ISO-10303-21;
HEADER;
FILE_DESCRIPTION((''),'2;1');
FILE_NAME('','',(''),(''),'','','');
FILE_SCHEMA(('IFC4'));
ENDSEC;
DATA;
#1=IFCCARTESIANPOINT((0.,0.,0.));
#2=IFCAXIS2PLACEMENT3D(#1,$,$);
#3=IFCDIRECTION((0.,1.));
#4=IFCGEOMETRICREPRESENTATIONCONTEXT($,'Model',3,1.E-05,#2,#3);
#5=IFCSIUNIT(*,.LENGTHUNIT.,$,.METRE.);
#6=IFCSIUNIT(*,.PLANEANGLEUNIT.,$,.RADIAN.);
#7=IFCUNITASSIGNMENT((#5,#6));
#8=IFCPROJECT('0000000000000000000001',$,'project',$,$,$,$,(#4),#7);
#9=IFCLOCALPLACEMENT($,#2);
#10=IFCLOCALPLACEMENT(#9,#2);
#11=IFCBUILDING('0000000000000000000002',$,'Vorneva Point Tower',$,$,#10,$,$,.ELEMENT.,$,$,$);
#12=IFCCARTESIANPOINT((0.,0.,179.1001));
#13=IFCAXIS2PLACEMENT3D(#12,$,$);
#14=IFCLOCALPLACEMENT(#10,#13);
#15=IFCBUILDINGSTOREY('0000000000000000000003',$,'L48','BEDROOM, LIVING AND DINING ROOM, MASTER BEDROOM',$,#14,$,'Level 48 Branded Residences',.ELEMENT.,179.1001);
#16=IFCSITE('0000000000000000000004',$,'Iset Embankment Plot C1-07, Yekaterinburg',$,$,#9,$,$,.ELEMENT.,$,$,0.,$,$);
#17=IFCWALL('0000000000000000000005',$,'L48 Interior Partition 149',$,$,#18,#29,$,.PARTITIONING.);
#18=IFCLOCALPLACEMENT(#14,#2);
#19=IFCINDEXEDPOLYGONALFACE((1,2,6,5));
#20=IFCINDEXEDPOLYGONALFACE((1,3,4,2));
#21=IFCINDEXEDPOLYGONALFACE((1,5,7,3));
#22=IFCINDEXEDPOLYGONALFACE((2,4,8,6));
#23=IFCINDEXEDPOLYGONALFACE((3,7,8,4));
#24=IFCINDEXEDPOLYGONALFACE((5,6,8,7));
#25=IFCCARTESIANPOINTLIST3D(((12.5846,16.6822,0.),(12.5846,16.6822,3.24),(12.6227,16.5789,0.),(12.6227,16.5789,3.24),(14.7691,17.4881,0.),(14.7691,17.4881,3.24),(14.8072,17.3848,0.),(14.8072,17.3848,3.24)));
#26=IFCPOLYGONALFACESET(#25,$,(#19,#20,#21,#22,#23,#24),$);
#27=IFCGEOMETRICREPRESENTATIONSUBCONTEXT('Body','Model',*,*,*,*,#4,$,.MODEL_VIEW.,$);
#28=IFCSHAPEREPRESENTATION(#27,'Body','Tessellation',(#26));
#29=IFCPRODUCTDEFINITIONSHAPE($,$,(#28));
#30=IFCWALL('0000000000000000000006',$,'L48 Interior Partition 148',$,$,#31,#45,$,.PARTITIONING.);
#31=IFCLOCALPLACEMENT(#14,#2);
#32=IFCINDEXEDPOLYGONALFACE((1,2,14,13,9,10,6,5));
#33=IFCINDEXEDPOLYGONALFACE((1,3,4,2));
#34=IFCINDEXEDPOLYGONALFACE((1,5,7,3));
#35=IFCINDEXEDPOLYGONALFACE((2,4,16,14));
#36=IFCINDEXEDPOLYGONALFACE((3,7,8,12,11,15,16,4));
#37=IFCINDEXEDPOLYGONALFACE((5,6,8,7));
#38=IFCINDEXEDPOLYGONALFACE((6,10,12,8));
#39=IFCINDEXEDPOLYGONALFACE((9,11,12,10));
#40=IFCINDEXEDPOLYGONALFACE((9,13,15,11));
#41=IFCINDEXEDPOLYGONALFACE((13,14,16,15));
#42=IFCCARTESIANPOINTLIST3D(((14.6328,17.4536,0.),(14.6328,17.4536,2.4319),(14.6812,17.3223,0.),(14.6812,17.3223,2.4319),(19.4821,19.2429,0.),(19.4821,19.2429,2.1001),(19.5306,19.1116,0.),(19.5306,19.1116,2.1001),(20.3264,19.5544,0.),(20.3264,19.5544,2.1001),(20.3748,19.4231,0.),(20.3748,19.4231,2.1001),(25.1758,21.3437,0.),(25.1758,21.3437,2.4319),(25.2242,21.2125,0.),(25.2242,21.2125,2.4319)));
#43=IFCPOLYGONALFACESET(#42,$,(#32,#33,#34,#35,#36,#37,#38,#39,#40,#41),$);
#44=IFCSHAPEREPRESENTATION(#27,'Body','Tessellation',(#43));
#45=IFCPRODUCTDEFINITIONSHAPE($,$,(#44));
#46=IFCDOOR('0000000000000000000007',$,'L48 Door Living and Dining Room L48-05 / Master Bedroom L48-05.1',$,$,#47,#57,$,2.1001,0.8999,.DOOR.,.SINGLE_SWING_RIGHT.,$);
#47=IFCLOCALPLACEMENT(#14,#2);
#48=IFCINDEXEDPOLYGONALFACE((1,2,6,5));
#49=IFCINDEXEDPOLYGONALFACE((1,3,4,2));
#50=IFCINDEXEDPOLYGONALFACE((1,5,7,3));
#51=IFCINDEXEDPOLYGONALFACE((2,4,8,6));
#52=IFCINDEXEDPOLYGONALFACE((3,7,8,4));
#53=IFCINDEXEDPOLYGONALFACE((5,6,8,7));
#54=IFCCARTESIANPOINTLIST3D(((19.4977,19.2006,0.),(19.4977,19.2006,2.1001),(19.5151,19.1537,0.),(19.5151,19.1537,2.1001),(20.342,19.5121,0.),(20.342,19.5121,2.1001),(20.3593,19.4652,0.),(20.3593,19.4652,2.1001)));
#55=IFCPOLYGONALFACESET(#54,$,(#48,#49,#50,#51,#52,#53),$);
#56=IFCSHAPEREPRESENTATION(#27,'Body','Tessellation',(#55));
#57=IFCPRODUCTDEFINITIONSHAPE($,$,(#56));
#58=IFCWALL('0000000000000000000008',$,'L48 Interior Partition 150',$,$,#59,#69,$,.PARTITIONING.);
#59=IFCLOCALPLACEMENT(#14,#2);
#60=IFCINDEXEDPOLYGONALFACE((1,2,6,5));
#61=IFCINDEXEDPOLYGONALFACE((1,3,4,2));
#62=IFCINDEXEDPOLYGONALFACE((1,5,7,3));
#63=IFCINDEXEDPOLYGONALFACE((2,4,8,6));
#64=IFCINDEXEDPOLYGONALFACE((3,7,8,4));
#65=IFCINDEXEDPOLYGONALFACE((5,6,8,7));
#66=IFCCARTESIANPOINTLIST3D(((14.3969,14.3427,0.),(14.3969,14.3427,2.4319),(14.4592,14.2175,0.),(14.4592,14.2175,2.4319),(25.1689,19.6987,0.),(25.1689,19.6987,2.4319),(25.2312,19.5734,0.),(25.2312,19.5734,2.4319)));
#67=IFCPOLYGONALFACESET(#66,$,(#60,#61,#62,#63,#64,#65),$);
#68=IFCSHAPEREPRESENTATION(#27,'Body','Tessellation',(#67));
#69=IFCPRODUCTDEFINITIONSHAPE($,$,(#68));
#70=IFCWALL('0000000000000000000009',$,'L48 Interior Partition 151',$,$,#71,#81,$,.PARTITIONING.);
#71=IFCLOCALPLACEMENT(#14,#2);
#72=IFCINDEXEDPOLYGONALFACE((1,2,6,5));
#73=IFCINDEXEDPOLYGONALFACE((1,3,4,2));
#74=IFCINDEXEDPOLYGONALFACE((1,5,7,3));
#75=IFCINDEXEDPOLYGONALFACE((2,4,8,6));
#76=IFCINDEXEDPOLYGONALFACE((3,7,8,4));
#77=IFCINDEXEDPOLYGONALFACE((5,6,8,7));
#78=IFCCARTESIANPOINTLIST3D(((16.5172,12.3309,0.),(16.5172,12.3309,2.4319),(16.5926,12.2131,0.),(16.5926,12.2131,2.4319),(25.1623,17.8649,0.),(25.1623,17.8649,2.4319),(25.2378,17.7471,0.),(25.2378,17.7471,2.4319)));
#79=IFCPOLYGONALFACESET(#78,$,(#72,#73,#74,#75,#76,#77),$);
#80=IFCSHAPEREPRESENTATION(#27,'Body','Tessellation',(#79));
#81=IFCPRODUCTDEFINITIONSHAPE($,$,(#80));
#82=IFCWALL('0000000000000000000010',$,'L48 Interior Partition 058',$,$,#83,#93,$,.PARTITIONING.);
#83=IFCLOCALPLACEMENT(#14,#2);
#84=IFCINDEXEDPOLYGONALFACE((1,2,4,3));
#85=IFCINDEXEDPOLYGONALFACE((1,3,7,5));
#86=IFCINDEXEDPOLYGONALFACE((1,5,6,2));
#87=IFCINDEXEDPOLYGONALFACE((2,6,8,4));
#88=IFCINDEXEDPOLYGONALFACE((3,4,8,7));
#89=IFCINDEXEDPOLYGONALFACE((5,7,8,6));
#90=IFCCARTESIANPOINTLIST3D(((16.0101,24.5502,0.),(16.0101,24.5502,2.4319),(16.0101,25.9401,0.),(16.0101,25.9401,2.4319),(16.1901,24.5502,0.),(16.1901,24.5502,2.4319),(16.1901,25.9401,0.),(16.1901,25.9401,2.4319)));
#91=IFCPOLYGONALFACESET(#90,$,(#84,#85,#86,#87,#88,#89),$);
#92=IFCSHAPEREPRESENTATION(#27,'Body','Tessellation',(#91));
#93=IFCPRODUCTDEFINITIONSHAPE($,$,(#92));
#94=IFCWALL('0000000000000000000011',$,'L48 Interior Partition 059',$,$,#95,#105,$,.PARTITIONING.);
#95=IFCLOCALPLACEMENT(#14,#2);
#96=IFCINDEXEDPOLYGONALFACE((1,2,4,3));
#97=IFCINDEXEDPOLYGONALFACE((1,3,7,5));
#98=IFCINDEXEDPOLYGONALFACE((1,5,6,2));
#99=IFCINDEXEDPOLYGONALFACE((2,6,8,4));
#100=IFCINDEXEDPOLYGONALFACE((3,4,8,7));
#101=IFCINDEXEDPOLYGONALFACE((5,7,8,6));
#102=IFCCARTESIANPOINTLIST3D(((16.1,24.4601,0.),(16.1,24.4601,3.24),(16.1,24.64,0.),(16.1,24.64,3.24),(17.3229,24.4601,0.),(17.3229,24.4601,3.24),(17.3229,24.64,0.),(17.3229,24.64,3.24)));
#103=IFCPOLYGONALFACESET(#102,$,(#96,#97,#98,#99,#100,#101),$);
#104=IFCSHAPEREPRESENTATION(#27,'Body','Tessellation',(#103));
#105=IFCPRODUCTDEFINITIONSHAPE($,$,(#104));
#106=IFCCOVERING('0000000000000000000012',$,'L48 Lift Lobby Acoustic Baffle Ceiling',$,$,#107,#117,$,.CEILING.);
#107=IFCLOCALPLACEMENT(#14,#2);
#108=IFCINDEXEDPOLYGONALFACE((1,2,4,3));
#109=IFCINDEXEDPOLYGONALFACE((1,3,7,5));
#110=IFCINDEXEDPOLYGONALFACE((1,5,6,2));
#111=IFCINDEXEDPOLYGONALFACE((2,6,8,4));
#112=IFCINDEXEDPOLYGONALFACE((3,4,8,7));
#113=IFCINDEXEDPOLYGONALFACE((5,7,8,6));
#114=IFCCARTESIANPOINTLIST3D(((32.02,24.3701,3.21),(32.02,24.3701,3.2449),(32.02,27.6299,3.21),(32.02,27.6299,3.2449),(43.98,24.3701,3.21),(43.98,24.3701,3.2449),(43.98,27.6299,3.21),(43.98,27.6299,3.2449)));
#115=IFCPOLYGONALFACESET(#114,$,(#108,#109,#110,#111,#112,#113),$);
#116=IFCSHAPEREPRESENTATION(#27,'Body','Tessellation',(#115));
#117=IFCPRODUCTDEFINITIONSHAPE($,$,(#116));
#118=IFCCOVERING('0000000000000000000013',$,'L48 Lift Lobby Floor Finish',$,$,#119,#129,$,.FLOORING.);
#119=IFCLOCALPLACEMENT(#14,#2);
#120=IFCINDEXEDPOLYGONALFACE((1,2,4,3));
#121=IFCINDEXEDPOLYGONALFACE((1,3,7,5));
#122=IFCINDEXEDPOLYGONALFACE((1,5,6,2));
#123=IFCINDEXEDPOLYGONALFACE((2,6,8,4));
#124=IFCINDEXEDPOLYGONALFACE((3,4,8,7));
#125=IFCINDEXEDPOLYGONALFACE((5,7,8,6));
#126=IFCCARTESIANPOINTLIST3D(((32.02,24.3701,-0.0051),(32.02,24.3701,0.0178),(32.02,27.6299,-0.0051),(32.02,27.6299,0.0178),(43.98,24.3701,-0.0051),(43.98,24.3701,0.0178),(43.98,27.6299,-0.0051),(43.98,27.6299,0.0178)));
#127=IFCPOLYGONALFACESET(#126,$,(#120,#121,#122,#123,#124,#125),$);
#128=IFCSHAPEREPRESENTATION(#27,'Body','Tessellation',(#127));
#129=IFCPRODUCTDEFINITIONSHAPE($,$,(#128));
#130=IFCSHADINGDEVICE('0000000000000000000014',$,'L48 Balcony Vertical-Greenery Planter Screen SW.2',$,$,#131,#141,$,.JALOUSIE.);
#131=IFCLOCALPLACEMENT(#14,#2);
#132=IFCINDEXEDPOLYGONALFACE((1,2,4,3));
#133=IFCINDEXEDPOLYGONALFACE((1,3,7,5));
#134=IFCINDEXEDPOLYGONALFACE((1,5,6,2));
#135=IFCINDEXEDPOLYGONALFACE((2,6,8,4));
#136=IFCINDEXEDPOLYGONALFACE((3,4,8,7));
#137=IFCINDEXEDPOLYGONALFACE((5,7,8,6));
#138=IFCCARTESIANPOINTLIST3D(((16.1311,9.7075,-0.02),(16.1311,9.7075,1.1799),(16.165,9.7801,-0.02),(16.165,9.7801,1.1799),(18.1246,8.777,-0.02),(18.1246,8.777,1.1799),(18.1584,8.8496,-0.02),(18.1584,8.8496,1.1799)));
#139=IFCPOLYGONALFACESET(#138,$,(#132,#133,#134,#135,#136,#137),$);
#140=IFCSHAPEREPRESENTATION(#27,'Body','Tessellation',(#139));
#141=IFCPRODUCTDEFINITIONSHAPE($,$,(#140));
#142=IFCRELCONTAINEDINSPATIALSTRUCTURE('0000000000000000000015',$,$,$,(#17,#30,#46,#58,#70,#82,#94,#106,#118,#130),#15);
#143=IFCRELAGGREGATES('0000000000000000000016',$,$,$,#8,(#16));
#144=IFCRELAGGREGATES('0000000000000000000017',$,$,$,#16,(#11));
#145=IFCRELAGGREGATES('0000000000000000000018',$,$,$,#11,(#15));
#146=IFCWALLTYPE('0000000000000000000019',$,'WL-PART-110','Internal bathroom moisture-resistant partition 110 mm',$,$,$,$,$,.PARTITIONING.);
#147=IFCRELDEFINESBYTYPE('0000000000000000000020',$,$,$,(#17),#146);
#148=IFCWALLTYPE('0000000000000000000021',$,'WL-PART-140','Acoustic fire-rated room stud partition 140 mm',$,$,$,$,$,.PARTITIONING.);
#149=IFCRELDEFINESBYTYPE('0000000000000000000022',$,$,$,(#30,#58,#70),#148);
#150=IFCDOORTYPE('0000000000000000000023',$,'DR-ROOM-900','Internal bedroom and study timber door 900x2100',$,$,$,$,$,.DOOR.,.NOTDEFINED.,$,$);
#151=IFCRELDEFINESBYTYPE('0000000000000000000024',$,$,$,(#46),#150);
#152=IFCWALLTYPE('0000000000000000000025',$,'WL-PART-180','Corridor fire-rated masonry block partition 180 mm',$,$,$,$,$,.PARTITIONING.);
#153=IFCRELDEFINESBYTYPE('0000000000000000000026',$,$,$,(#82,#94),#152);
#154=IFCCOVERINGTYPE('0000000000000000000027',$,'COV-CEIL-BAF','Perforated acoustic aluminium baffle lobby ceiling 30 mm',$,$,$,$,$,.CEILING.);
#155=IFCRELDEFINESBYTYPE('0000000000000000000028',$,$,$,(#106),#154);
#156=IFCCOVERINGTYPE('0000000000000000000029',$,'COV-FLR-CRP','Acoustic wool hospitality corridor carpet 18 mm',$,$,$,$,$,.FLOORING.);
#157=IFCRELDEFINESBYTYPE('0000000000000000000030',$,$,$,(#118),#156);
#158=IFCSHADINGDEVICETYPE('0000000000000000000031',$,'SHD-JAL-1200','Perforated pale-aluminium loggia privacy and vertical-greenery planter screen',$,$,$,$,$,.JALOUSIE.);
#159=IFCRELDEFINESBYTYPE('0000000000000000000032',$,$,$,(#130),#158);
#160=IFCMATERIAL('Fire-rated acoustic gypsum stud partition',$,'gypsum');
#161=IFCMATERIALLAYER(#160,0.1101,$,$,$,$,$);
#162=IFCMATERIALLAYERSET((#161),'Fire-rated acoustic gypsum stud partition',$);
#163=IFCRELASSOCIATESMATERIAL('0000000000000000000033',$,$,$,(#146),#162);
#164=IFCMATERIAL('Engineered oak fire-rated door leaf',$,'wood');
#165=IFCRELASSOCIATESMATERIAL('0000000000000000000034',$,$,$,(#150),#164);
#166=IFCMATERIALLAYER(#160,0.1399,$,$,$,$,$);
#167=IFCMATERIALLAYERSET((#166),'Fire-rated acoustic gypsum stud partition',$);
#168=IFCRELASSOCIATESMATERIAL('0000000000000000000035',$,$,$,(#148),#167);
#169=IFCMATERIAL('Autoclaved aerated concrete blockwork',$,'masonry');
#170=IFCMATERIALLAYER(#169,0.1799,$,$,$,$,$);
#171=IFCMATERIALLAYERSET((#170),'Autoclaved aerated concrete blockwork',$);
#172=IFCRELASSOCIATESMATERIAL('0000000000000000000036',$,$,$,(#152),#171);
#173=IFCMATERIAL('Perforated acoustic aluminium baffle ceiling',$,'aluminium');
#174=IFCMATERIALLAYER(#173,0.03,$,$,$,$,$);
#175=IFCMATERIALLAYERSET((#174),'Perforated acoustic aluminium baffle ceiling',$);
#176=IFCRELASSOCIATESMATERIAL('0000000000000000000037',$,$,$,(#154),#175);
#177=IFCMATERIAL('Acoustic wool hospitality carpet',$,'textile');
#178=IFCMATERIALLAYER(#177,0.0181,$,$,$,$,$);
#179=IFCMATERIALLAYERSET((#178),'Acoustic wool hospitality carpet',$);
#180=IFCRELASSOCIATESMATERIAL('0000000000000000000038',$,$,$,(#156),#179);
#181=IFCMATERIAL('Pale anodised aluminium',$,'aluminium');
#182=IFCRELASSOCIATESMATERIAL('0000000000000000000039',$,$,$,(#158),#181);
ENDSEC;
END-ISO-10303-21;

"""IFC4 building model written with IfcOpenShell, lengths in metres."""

from ifc_helpers import new_model, si_unit, direction, frame, frame_2d, origin, origin_2d, place, context, subcontext, project, spatial, polyline, rectangle, outline, extrude, material, layer, layer_set, type_object, element, fill, save


model = new_model("IFC4")

# Units and contexts
model_context = context("Model", 3, precision=1e-05, world=origin(), true_north=direction((0.0, 1.0)))
body_context = subcontext(model_context, "Body", "Model", "MODEL_VIEW")
ifc_project = project(units=[si_unit("LENGTHUNIT", "METRE"), si_unit("PLANEANGLEUNIT", "RADIAN")], contexts=[model_context])

# Site, building, storey
site_placement = place(None, origin())
site = spatial("IfcSite", under=ifc_project, at=site_placement, Name="Iset Embankment Plot C1-07, Yekaterinburg", CompositionType="ELEMENT", RefElevation=0.0)
building_placement = place(site_placement, origin())
building = spatial("IfcBuilding", under=site, at=building_placement, Name="Vorneva Point Tower", CompositionType="ELEMENT")
storey_placement = place(building_placement, frame((0.0, 0.0, 179.1001)))
storey = spatial("IfcBuildingStorey", under=building, at=storey_placement, Name="L48", Description="BEDROOM, LIVING AND DINING ROOM, MASTER BEDROOM", LongName="Level 48 Branded Residences", CompositionType="ELEMENT", Elevation=179.1001)

# Shared definitions
ifc_material_1 = material(Name="Pale anodised aluminium", Category="aluminium")

# Shared definitions
ifc_material_2 = material(Name="Fire-rated acoustic gypsum stud partition", Category="gypsum")
ifc_layer_1 = layer(ifc_material_2, 0.1101)
ifc_layer_set_1 = layer_set([ifc_layer_1], Name="Fire-rated acoustic gypsum stud partition")
wall_type_1 = type_object("IfcWallType", Name="WL-PART-110", Description="Internal bathroom moisture-resistant partition 110 mm", PredefinedType="PARTITIONING", material=ifc_layer_set_1)

# Shared definitions
ifc_material_3 = material(Name="Engineered oak fire-rated door leaf", Category="wood")
door_type = type_object("IfcDoorType", Name="DR-ROOM-900", Description="Internal bedroom and study timber door 900x2100", OperationType="NOTDEFINED", PredefinedType="DOOR", material=ifc_material_3)

# Wall
wall_1_placement = place(storey_placement, frame((12.6038, 16.6306, 0.0), z_axis=(0.0, 0.0, 1.0), x_axis=(0.938194, 0.346109, 0.0)))
element("IfcWall", 1, at=wall_1_placement, inside=storey, type_object=wall_type_1, Name="L48 Interior Partition 149", PredefinedType="PARTITIONING", context=body_context, shape_type="SweptSolid", body=[
    extrude(rectangle(XDim=2.3284, YDim=0.1101, at=frame_2d((1.1641, 0.0))), origin(), (0.0, 0.0, 1.0), 3.24),
])

# Wall, opening, door
ifc_layer_2 = layer(ifc_material_2, 0.1399)
ifc_layer_set_2 = layer_set([ifc_layer_2], Name="Fire-rated acoustic gypsum stud partition")
wall_type_2 = type_object("IfcWallType", Name="WL-PART-140", Description="Acoustic fire-rated room stud partition 140 mm", PredefinedType="PARTITIONING", material=ifc_layer_set_2)
wall_2_placement = place(storey_placement, frame((14.657, 17.3879, 0.0), z_axis=(0.0, 0.0, 1.0), x_axis=(0.938173, 0.346166, 0.0)))
wall_2 = element("IfcWall", 2, at=wall_2_placement, inside=storey, type_object=wall_type_2, Name="L48 Interior Partition 148", PredefinedType="PARTITIONING", context=body_context, shape_type="SweptSolid", body=[
    extrude(rectangle(XDim=11.2378, YDim=0.1399, at=frame_2d((5.6189, 0.0))), origin(), (0.0, 0.0, 1.0), 2.4319),
])
opening_1_placement = place(wall_2_placement, frame((5.1689, 0.0, 0.0)))
opening_1 = element("IfcOpeningElement", 3, at=opening_1_placement, cuts=wall_2, PredefinedType="OPENING", context=body_context, shape_type="SweptSolid", body=[
    extrude(rectangle(XDim=0.8999, YDim=2.1001, at=frame_2d((0.45, 1.05))), frame((0.0, 0.085, 0.0), z_axis=(0.0, -1.0, 0.0), x_axis=(1.0, 0.0, 0.0)), (0.0, 0.0, 1.0), 0.1697),
])
door_1_placement = place(opening_1_placement, origin())
door_1 = element("IfcDoor", 4, at=door_1_placement, inside=storey, type_object=door_type, Name="L48 Door Living and Dining Room L48-05 / Master Bedroom L48-05.1", OperationType="SINGLE_SWING_RIGHT", OverallHeight=2.1001, OverallWidth=0.8999, PredefinedType="DOOR", context=body_context, shape_type="SweptSolid", body=[
    extrude(rectangle(XDim=0.8999, YDim=2.1001, at=frame_2d((0.45, 1.05))), frame((0.0, 0.0249, 0.0), z_axis=(0.0, -1.0, 0.0), x_axis=(1.0, 0.0, 0.0)), (0.0, 0.0, 1.0), 0.05),
])
fill(opening_1, door_1)

# Walls
wall_3_placement = place(storey_placement, frame((14.428, 14.28, 0.0), z_axis=(0.0, 0.0, 1.0), x_axis=(0.895423, 0.445216, 0.0)))
element("IfcWall", 5, at=wall_3_placement, inside=storey, type_object=wall_type_2, Name="L48 Interior Partition 150", PredefinedType="PARTITIONING", context=body_context, shape_type="SweptSolid", body=[
    extrude(rectangle(XDim=12.03, YDim=0.1399, at=frame_2d((6.0151, 0.0))), origin(), (0.0, 0.0, 1.0), 2.4319),
])
wall_4_placement = place(storey_placement, frame((16.5549, 12.272, 0.0), z_axis=(0.0, 0.0, 1.0), x_axis=(0.842222, 0.539131, 0.0)))
element("IfcWall", 6, at=wall_4_placement, inside=storey, type_object=wall_type_2, Name="L48 Interior Partition 151", PredefinedType="PARTITIONING", context=body_context, shape_type="SweptSolid", body=[
    extrude(rectangle(XDim=10.2646, YDim=0.1399, at=frame_2d((5.1323, 0.0))), origin(), (0.0, 0.0, 1.0), 2.4319),
])
ifc_material_4 = material(Name="Autoclaved aerated concrete blockwork", Category="masonry")
ifc_layer_3 = layer(ifc_material_4, 0.1799)
ifc_layer_set_3 = layer_set([ifc_layer_3], Name="Autoclaved aerated concrete blockwork")
wall_type_3 = type_object("IfcWallType", Name="WL-PART-180", Description="Corridor fire-rated masonry block partition 180 mm", PredefinedType="PARTITIONING", material=ifc_layer_set_3)
wall_5_placement = place(storey_placement, frame((16.1001, 25.9399, 0.0), z_axis=(0.0, 0.0, 1.0), x_axis=(0.0, -1.0, 0.0)))
element("IfcWall", 7, at=wall_5_placement, inside=storey, type_object=wall_type_3, Name="L48 Interior Partition 058", PredefinedType="PARTITIONING", context=body_context, shape_type="SweptSolid", body=[
    extrude(rectangle(XDim=1.3899, YDim=0.1799, at=frame_2d((0.6948, 0.0))), origin(), (0.0, 0.0, 1.0), 2.4319),
])
wall_6_placement = place(storey_placement, frame((16.1001, 24.55, 0.0), z_axis=(0.0, 0.0, 1.0), x_axis=(1.0, 0.0, 0.0)))
element("IfcWall", 8, at=wall_6_placement, inside=storey, type_object=wall_type_3, Name="L48 Interior Partition 059", PredefinedType="PARTITIONING", context=body_context, shape_type="SweptSolid", body=[
    extrude(rectangle(XDim=1.2229, YDim=0.1799, at=frame_2d((0.6113, 0.0))), origin(), (0.0, 0.0, 1.0), 3.24),
])

# Coverings
ifc_material_5 = material(Name="Perforated acoustic aluminium baffle ceiling", Category="aluminium")
ifc_layer_4 = layer(ifc_material_5, 0.03)
ifc_layer_set_4 = layer_set([ifc_layer_4], Name="Perforated acoustic aluminium baffle ceiling")
covering_type_1 = type_object("IfcCoveringType", Name="COV-CEIL-BAF", Description="Perforated acoustic aluminium baffle lobby ceiling 30 mm", PredefinedType="CEILING", material=ifc_layer_set_4)
covering_1_placement = place(storey_placement, frame((0.0, 0.0, 3.21)))
element("IfcCovering", 9, at=covering_1_placement, inside=storey, type_object=covering_type_1, Name="L48 Lift Lobby Acoustic Baffle Ceiling", PredefinedType="CEILING", context=body_context, shape_type="SweptSolid", body=[
    extrude(outline(polyline([(32.02, 24.3701), (43.98, 24.3701), (43.98, 27.6299), (32.02, 27.6299), (32.02, 24.3701)])), origin(), (0.0, 0.0, 1.0), 0.0349),
])
ifc_material_6 = material(Name="Acoustic wool hospitality carpet", Category="textile")
ifc_layer_5 = layer(ifc_material_6, 0.0181)
ifc_layer_set_5 = layer_set([ifc_layer_5], Name="Acoustic wool hospitality carpet")
covering_type_2 = type_object("IfcCoveringType", Name="COV-FLR-CRP", Description="Acoustic wool hospitality corridor carpet 18 mm", PredefinedType="FLOORING", material=ifc_layer_set_5)
covering_2_placement = place(storey_placement, frame((0.0, 0.0, -0.0051)))
element("IfcCovering", 10, at=covering_2_placement, inside=storey, type_object=covering_type_2, Name="L48 Lift Lobby Floor Finish", PredefinedType="FLOORING", context=body_context, shape_type="SweptSolid", body=[
    extrude(outline(polyline([(32.02, 24.3701), (43.98, 24.3701), (43.98, 27.6299), (32.02, 27.6299), (32.02, 24.3701)])), origin(), (0.0, 0.0, 1.0), 0.0229),
])

# Shading device
shading_device_type = type_object("IfcShadingDeviceType", Name="SHD-JAL-1200", Description="Perforated pale-aluminium loggia privacy and vertical-greenery planter screen", PredefinedType="JALOUSIE", material=ifc_material_1)
shading_device_placement = place(storey_placement, frame((17.1448, 9.2786, -0.02), z_axis=(0.0, 0.0, 1.0), x_axis=(0.906145, -0.422966, 0.0)))
element("IfcShadingDevice", 11, at=shading_device_placement, inside=storey, type_object=shading_device_type, Name="L48 Balcony Vertical-Greenery Planter Screen SW.2", PredefinedType="JALOUSIE", context=body_context, shape_type="SweptSolid", body=[
    extrude(rectangle(XDim=2.2, YDim=0.0801, at=origin_2d()), origin(), (0.0, 0.0, 1.0), 1.2),
])

save(model, "model.ifc")
